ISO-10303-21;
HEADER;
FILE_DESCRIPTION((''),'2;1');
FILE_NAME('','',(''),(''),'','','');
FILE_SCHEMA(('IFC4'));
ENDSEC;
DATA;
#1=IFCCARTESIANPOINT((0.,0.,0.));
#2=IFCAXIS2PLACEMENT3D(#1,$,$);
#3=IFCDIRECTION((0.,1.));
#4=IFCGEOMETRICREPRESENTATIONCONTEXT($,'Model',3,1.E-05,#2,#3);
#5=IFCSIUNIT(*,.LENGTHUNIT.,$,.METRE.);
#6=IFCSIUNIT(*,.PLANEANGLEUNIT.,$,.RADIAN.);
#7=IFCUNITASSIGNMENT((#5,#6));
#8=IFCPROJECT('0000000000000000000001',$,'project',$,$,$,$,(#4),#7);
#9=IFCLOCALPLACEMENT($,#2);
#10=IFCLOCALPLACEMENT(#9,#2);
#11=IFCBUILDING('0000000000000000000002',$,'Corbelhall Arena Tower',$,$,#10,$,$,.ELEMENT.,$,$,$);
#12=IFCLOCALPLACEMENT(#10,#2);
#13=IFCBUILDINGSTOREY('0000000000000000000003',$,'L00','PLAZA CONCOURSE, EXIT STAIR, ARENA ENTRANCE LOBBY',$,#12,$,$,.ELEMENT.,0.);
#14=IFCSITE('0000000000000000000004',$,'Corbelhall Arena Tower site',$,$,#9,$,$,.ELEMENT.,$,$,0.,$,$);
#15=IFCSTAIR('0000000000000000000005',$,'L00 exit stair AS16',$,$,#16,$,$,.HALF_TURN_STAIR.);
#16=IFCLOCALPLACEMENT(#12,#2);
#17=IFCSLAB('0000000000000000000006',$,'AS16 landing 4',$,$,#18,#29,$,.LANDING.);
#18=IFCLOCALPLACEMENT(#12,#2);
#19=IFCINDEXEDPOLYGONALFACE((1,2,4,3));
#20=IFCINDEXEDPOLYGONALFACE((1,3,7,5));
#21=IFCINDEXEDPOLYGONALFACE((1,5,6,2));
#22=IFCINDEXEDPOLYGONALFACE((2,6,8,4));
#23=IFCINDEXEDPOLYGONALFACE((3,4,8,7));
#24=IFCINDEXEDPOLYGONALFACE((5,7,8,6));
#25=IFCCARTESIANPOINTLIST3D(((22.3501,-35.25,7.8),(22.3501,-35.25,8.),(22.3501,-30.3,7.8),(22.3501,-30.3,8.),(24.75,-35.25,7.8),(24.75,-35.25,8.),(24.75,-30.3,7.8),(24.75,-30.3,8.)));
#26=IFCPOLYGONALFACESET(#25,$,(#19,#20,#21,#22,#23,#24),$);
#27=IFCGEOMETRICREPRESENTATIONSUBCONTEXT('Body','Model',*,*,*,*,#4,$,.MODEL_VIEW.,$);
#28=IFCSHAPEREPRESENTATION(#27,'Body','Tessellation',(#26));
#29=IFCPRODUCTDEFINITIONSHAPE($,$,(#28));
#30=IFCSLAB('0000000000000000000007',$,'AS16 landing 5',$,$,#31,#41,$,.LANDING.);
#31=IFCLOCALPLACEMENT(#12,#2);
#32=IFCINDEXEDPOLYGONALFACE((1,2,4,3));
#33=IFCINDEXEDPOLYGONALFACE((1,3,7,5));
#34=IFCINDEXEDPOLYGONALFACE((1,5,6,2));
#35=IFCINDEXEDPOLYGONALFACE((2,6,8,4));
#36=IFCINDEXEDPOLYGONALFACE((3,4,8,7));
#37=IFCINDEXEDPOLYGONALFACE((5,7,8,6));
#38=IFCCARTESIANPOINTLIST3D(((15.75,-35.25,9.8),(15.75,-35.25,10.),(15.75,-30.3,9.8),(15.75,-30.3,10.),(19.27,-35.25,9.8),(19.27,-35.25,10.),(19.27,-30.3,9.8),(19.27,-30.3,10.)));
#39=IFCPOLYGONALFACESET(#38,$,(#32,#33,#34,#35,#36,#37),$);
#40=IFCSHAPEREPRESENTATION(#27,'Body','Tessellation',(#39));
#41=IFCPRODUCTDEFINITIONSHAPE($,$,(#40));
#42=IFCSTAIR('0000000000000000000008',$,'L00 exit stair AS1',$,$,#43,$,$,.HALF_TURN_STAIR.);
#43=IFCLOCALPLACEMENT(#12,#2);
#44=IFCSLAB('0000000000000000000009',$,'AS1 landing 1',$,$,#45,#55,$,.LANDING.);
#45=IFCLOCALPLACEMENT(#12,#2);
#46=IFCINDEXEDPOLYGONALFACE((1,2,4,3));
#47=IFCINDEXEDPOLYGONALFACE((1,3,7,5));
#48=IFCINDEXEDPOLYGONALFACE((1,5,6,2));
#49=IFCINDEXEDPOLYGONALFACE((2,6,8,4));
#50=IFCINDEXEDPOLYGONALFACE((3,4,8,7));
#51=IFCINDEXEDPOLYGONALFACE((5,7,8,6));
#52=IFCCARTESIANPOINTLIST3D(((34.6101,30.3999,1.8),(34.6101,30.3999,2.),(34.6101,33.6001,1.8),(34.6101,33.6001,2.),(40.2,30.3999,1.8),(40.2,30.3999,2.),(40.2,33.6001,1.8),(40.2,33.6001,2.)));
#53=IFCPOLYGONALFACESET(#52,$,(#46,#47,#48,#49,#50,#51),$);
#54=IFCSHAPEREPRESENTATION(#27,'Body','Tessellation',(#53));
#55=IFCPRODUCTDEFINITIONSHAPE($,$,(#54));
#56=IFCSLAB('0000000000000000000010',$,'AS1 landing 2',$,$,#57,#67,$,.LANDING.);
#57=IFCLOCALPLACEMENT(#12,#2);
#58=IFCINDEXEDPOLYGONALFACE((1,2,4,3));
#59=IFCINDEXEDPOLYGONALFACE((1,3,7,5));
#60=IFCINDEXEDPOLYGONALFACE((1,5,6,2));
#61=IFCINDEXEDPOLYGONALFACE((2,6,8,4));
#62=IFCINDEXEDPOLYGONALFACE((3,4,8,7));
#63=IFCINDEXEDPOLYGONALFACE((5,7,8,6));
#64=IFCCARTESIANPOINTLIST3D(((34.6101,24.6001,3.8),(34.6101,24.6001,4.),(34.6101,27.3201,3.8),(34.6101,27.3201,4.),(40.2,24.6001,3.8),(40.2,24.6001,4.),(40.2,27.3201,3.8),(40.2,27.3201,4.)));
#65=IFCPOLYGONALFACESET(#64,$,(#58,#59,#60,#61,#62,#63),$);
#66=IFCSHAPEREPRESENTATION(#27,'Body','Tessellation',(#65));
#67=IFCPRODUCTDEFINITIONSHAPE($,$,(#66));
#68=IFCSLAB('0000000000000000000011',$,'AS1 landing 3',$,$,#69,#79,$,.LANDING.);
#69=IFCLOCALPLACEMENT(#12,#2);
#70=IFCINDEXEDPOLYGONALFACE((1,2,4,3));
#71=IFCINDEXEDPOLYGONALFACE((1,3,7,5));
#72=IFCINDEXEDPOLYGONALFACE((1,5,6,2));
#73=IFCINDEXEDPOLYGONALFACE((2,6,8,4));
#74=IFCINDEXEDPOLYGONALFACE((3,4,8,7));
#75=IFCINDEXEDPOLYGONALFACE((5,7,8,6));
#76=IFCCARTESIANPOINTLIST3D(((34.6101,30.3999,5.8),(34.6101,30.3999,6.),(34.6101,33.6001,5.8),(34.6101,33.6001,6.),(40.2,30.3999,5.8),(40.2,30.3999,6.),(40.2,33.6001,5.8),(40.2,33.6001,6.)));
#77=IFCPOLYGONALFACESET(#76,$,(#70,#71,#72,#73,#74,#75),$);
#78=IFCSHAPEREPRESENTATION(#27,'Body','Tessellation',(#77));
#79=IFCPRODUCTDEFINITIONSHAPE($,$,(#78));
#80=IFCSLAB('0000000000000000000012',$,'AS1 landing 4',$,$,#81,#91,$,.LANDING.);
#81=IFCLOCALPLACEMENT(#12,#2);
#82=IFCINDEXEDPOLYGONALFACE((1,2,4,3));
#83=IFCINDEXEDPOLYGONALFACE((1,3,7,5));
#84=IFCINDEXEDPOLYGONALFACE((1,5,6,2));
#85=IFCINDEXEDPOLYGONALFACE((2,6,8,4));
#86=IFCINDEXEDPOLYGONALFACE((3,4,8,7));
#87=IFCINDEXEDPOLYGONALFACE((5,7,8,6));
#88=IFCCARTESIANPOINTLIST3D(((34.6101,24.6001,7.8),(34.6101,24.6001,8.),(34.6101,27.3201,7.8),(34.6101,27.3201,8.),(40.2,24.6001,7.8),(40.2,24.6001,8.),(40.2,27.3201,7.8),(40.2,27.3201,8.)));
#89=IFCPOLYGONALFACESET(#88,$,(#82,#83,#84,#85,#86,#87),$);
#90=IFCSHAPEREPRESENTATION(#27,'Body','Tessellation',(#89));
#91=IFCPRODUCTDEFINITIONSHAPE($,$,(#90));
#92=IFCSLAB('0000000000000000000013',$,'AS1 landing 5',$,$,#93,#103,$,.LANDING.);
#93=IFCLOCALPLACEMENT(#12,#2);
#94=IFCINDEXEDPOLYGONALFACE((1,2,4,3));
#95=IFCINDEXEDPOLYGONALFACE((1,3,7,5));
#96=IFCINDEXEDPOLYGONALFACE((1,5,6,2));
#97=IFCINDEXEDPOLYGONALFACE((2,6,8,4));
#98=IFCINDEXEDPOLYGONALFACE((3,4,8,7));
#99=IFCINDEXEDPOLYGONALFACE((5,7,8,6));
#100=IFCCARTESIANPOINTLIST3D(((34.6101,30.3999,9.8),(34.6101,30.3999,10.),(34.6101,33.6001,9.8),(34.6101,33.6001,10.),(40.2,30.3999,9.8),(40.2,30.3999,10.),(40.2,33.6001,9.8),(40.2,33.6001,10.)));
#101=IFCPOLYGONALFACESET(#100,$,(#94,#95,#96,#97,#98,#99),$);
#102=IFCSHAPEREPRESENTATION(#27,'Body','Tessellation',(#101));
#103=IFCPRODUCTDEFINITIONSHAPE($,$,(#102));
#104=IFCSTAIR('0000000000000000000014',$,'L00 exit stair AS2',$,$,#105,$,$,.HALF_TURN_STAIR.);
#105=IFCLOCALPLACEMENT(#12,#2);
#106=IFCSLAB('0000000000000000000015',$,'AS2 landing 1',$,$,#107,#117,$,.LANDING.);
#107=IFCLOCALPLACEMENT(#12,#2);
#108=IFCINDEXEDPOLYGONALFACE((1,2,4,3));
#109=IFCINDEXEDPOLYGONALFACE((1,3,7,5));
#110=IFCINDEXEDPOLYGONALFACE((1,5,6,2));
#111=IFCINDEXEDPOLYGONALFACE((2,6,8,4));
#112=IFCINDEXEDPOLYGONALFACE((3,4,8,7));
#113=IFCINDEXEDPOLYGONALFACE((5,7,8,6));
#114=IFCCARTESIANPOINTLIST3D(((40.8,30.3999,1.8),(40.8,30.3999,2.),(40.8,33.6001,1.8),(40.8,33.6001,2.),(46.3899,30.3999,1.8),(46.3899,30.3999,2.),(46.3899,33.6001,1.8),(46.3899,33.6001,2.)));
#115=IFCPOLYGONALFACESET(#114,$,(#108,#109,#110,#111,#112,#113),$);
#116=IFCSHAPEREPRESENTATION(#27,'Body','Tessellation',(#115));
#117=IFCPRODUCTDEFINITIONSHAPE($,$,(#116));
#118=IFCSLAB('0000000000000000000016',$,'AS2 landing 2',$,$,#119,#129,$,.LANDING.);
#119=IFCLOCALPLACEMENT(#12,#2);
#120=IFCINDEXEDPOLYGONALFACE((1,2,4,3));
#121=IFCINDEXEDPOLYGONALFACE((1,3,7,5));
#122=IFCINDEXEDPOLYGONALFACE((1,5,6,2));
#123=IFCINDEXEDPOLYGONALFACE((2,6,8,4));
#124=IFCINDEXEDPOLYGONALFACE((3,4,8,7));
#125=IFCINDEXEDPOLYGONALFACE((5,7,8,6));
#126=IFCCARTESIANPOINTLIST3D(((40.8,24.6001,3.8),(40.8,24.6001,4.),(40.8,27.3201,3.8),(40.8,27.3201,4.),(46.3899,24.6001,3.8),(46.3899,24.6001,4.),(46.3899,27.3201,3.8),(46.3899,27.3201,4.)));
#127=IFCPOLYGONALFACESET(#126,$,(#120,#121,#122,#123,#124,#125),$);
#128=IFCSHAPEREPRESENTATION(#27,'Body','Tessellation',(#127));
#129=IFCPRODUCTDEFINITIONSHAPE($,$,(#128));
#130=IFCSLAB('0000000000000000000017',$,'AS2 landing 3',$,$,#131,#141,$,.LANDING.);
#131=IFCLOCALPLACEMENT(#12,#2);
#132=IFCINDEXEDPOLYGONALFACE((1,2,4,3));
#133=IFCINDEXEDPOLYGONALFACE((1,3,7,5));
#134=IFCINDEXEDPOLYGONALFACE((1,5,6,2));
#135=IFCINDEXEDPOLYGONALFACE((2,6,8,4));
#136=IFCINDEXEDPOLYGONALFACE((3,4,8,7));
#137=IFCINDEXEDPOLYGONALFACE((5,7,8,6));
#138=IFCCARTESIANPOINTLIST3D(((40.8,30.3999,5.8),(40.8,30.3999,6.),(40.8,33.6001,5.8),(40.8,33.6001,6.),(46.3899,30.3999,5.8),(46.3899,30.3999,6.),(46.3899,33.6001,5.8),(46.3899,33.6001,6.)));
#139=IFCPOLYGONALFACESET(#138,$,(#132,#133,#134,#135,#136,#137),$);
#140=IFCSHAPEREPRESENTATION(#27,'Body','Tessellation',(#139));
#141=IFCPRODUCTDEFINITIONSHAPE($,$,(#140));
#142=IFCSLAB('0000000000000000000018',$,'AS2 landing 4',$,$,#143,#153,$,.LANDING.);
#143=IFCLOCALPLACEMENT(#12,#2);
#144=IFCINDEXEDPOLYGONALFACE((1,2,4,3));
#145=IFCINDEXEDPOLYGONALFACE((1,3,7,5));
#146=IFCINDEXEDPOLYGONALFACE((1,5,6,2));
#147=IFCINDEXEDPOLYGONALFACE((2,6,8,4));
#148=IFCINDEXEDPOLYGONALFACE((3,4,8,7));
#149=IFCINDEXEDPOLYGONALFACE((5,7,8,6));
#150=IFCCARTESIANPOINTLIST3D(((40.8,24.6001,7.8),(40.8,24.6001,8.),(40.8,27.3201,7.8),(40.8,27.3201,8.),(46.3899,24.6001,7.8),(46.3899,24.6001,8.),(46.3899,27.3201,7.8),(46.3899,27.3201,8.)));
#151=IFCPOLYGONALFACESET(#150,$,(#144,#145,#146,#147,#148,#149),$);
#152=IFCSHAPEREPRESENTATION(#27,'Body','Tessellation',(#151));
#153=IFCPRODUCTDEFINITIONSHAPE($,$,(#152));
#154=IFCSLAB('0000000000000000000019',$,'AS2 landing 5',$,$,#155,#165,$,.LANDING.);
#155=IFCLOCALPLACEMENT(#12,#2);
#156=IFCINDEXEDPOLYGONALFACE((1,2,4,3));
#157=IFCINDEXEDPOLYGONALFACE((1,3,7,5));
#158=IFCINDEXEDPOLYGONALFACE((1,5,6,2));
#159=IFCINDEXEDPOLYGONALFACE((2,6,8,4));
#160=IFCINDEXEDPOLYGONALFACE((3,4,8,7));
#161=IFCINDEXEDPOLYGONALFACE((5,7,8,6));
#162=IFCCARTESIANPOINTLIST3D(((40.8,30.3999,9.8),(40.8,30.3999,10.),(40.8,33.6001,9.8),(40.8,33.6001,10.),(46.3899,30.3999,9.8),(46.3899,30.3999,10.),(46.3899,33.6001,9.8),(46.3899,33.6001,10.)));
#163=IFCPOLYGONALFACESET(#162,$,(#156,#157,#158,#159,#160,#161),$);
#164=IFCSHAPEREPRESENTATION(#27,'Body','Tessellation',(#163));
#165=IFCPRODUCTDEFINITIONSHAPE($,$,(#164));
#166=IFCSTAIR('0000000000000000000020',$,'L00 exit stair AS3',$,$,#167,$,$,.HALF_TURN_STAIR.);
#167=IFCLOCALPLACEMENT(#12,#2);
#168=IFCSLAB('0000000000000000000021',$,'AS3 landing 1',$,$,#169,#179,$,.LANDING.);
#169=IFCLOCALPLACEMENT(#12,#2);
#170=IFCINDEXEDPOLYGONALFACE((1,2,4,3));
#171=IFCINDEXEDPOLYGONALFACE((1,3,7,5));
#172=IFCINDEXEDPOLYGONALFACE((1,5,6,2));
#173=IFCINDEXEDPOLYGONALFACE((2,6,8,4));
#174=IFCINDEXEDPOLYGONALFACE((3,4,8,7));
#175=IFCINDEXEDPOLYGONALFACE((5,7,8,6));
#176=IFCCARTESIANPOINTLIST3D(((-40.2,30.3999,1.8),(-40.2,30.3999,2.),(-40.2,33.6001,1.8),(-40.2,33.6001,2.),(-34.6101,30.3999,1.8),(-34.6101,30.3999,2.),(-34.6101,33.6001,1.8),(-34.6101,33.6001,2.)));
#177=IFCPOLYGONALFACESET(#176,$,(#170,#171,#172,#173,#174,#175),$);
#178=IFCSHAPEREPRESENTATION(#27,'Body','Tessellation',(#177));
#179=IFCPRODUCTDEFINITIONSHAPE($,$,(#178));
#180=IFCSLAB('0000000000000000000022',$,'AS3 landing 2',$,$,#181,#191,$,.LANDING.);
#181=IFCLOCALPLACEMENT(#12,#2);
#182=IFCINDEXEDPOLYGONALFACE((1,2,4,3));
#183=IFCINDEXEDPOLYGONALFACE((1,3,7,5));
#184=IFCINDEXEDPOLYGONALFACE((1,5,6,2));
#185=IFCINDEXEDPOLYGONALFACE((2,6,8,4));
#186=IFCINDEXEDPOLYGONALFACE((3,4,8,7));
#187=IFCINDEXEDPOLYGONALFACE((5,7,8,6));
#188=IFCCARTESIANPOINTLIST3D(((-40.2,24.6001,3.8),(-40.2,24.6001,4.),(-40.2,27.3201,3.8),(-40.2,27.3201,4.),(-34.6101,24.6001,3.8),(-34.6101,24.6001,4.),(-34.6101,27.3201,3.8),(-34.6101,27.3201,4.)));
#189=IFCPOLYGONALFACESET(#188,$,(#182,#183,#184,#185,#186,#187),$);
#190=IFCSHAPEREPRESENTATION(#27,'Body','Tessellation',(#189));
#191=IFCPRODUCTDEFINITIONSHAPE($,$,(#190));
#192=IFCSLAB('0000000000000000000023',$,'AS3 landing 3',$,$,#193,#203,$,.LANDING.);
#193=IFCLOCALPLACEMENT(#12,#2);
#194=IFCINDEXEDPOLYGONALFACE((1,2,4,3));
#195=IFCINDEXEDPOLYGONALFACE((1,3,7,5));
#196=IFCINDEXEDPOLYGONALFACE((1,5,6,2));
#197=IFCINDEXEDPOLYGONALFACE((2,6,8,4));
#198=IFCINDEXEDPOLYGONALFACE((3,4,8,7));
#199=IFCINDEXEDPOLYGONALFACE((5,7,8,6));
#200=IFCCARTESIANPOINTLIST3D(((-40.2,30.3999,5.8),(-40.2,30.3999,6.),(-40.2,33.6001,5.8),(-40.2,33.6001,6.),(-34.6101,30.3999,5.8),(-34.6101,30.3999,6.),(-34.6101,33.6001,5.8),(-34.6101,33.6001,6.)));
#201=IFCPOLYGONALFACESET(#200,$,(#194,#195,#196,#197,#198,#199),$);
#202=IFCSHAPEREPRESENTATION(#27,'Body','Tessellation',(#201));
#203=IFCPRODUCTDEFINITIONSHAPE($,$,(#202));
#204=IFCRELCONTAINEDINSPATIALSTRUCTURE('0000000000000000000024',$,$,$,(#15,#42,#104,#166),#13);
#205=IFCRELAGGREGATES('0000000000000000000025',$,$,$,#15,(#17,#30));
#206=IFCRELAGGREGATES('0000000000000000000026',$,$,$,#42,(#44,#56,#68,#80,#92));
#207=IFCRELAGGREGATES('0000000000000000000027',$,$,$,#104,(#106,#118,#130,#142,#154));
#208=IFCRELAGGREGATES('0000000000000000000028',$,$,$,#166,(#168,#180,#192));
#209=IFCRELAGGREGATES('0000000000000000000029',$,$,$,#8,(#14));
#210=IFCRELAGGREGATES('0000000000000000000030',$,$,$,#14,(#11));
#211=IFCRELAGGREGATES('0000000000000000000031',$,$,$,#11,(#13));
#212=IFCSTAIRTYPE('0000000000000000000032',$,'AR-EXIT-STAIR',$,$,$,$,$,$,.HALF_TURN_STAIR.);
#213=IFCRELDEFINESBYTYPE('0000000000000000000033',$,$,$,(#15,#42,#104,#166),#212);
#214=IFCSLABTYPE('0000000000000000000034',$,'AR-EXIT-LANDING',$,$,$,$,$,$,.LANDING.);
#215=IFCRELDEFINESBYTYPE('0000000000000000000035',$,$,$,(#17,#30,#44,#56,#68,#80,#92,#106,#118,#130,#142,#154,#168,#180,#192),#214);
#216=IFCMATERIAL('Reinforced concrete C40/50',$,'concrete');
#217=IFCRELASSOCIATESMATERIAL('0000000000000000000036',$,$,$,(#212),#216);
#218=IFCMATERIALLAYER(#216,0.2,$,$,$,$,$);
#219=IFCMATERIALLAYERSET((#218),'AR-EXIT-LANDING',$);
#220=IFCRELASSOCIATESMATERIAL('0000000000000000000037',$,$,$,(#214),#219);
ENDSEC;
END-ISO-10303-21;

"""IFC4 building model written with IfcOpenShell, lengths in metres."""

from ifc_helpers import new_model, si_unit, direction, frame, origin, place, context, subcontext, project, spatial, polyline, outline, extrude, material, layer, layer_set, type_object, element, aggregate, save


model = new_model("IFC4")

# Units and contexts
model_context = context("Model", 3, precision=1e-05, world=origin(), true_north=direction((0.0, 1.0)))
body_context = subcontext(model_context, "Body", "Model", "MODEL_VIEW")
ifc_project = project(units=[si_unit("LENGTHUNIT", "METRE"), si_unit("PLANEANGLEUNIT", "RADIAN")], contexts=[model_context])

# Site, building, storey
site_placement = place(None, origin())
site = spatial("IfcSite", under=ifc_project, at=site_placement, Name="Corbelhall Arena Tower site", CompositionType="ELEMENT", RefElevation=0.0)
building_placement = place(site_placement, origin())
building = spatial("IfcBuilding", under=site, at=building_placement, Name="Corbelhall Arena Tower", CompositionType="ELEMENT")
storey_placement = place(building_placement, origin())
storey = spatial("IfcBuildingStorey", under=building, at=storey_placement, Name="L00", Description="PLAZA CONCOURSE, EXIT STAIR, ARENA ENTRANCE LOBBY", CompositionType="ELEMENT", Elevation=0.0)

# Stairs, slabs
ifc_material = material(Name="Reinforced concrete C40/50", Category="concrete")
stair_type = type_object("IfcStairType", Name="AR-EXIT-STAIR", PredefinedType="HALF_TURN_STAIR", material=ifc_material)
stair_1_placement = place(storey_placement, origin())
stair_1 = element("IfcStair", 1, at=stair_1_placement, inside=storey, type_object=stair_type, Name="L00 exit stair AS16", PredefinedType="HALF_TURN_STAIR")
ifc_layer = layer(ifc_material, 0.2)
ifc_layer_set = layer_set([ifc_layer], Name="AR-EXIT-LANDING")
slab_type = type_object("IfcSlabType", Name="AR-EXIT-LANDING", PredefinedType="LANDING", material=ifc_layer_set)
slab_1_placement = place(storey_placement, frame((0.0, 0.0, 7.8)))
slab_1 = element("IfcSlab", 2, at=slab_1_placement, type_object=slab_type, Name="AS16 landing 4", PredefinedType="LANDING", context=body_context, shape_type="SweptSolid", body=[
    extrude(outline(polyline([(24.75, -30.3), (22.3501, -30.3), (22.3501, -35.25), (24.75, -35.25), (24.75, -30.3)])), origin(), (0.0, 0.0, 1.0), 0.2),
])
slab_2_placement = place(storey_placement, frame((0.0, 0.0, 9.8)))
slab_2 = element("IfcSlab", 3, at=slab_2_placement, type_object=slab_type, Name="AS16 landing 5", PredefinedType="LANDING", context=body_context, shape_type="SweptSolid", body=[
    extrude(outline(polyline([(19.27, -30.3), (15.75, -30.3), (15.75, -35.25), (19.27, -35.25), (19.27, -30.3)])), origin(), (0.0, 0.0, 1.0), 0.2),
])
aggregate(stair_1, [slab_1, slab_2])
stair_2_placement = place(storey_placement, origin())
stair_2 = element("IfcStair", 4, at=stair_2_placement, inside=storey, type_object=stair_type, Name="L00 exit stair AS1", PredefinedType="HALF_TURN_STAIR")
slab_3_placement = place(storey_placement, frame((0.0, 0.0, 1.8)))
slab_3 = element("IfcSlab", 5, at=slab_3_placement, type_object=slab_type, Name="AS1 landing 1", PredefinedType="LANDING", context=body_context, shape_type="SweptSolid", body=[
    extrude(outline(polyline([(40.2, 30.3999), (40.2, 33.6001), (34.6101, 33.6001), (34.6101, 30.3999), (40.2, 30.3999)])), origin(), (0.0, 0.0, 1.0), 0.2),
])
slab_4_placement = place(storey_placement, frame((0.0, 0.0, 3.8)))
slab_4 = element("IfcSlab", 6, at=slab_4_placement, type_object=slab_type, Name="AS1 landing 2", PredefinedType="LANDING", context=body_context, shape_type="SweptSolid", body=[
    extrude(outline(polyline([(40.2, 24.6001), (40.2, 27.3201), (34.6101, 27.3201), (34.6101, 24.6001), (40.2, 24.6001)])), origin(), (0.0, 0.0, 1.0), 0.2),
])
slab_5_placement = place(storey_placement, frame((0.0, 0.0, 5.8)))
slab_5 = element("IfcSlab", 7, at=slab_5_placement, type_object=slab_type, Name="AS1 landing 3", PredefinedType="LANDING", context=body_context, shape_type="SweptSolid", body=[
    extrude(outline(polyline([(40.2, 30.3999), (40.2, 33.6001), (34.6101, 33.6001), (34.6101, 30.3999), (40.2, 30.3999)])), origin(), (0.0, 0.0, 1.0), 0.2),
])
slab_6_placement = place(storey_placement, frame((0.0, 0.0, 7.8)))
slab_6 = element("IfcSlab", 8, at=slab_6_placement, type_object=slab_type, Name="AS1 landing 4", PredefinedType="LANDING", context=body_context, shape_type="SweptSolid", body=[
    extrude(outline(polyline([(40.2, 24.6001), (40.2, 27.3201), (34.6101, 27.3201), (34.6101, 24.6001), (40.2, 24.6001)])), origin(), (0.0, 0.0, 1.0), 0.2),
])
slab_7_placement = place(storey_placement, frame((0.0, 0.0, 9.8)))
slab_7 = element("IfcSlab", 9, at=slab_7_placement, type_object=slab_type, Name="AS1 landing 5", PredefinedType="LANDING", context=body_context, shape_type="SweptSolid", body=[
    extrude(outline(polyline([(40.2, 30.3999), (40.2, 33.6001), (34.6101, 33.6001), (34.6101, 30.3999), (40.2, 30.3999)])), origin(), (0.0, 0.0, 1.0), 0.2),
])
aggregate(stair_2, [slab_3, slab_4, slab_5, slab_6, slab_7])
stair_3_placement = place(storey_placement, origin())
stair_3 = element("IfcStair", 10, at=stair_3_placement, inside=storey, type_object=stair_type, Name="L00 exit stair AS2", PredefinedType="HALF_TURN_STAIR")
slab_8_placement = place(storey_placement, frame((0.0, 0.0, 1.8)))
slab_8 = element("IfcSlab", 11, at=slab_8_placement, type_object=slab_type, Name="AS2 landing 1", PredefinedType="LANDING", context=body_context, shape_type="SweptSolid", body=[
    extrude(outline(polyline([(46.3899, 30.3999), (46.3899, 33.6001), (40.8, 33.6001), (40.8, 30.3999), (46.3899, 30.3999)])), origin(), (0.0, 0.0, 1.0), 0.2),
])
slab_9_placement = place(storey_placement, frame((0.0, 0.0, 3.8)))
slab_9 = element("IfcSlab", 12, at=slab_9_placement, type_object=slab_type, Name="AS2 landing 2", PredefinedType="LANDING", context=body_context, shape_type="SweptSolid", body=[
    extrude(outline(polyline([(46.3899, 24.6001), (46.3899, 27.3201), (40.8, 27.3201), (40.8, 24.6001), (46.3899, 24.6001)])), origin(), (0.0, 0.0, 1.0), 0.2),
])
slab_10_placement = place(storey_placement, frame((0.0, 0.0, 5.8)))
slab_10 = element("IfcSlab", 13, at=slab_10_placement, type_object=slab_type, Name="AS2 landing 3", PredefinedType="LANDING", context=body_context, shape_type="SweptSolid", body=[
    extrude(outline(polyline([(46.3899, 30.3999), (46.3899, 33.6001), (40.8, 33.6001), (40.8, 30.3999), (46.3899, 30.3999)])), origin(), (0.0, 0.0, 1.0), 0.2),
])
slab_11_placement = place(storey_placement, frame((0.0, 0.0, 7.8)))
slab_11 = element("IfcSlab", 14, at=slab_11_placement, type_object=slab_type, Name="AS2 landing 4", PredefinedType="LANDING", context=body_context, shape_type="SweptSolid", body=[
    extrude(outline(polyline([(46.3899, 24.6001), (46.3899, 27.3201), (40.8, 27.3201), (40.8, 24.6001), (46.3899, 24.6001)])), origin(), (0.0, 0.0, 1.0), 0.2),
])
slab_12_placement = place(storey_placement, frame((0.0, 0.0, 9.8)))
slab_12 = element("IfcSlab", 15, at=slab_12_placement, type_object=slab_type, Name="AS2 landing 5", PredefinedType="LANDING", context=body_context, shape_type="SweptSolid", body=[
    extrude(outline(polyline([(46.3899, 30.3999), (46.3899, 33.6001), (40.8, 33.6001), (40.8, 30.3999), (46.3899, 30.3999)])), origin(), (0.0, 0.0, 1.0), 0.2),
])
aggregate(stair_3, [slab_8, slab_9, slab_10, slab_11, slab_12])
stair_4_placement = place(storey_placement, origin())
stair_4 = element("IfcStair", 16, at=stair_4_placement, inside=storey, type_object=stair_type, Name="L00 exit stair AS3", PredefinedType="HALF_TURN_STAIR")
slab_13_placement = place(storey_placement, frame((0.0, 0.0, 1.8)))
slab_13 = element("IfcSlab", 17, at=slab_13_placement, type_object=slab_type, Name="AS3 landing 1", PredefinedType="LANDING", context=body_context, shape_type="SweptSolid", body=[
    extrude(outline(polyline([(-34.6101, 30.3999), (-34.6101, 33.6001), (-40.2, 33.6001), (-40.2, 30.3999), (-34.6101, 30.3999)])), origin(), (0.0, 0.0, 1.0), 0.2),
])
slab_14_placement = place(storey_placement, frame((0.0, 0.0, 3.8)))
slab_14 = element("IfcSlab", 18, at=slab_14_placement, type_object=slab_type, Name="AS3 landing 2", PredefinedType="LANDING", context=body_context, shape_type="SweptSolid", body=[
    extrude(outline(polyline([(-34.6101, 24.6001), (-34.6101, 27.3201), (-40.2, 27.3201), (-40.2, 24.6001), (-34.6101, 24.6001)])), origin(), (0.0, 0.0, 1.0), 0.2),
])
slab_15_placement = place(storey_placement, frame((0.0, 0.0, 5.8)))
slab_15 = element("IfcSlab", 19, at=slab_15_placement, type_object=slab_type, Name="AS3 landing 3", PredefinedType="LANDING", context=body_context, shape_type="SweptSolid", body=[
    extrude(outline(polyline([(-34.6101, 30.3999), (-34.6101, 33.6001), (-40.2, 33.6001), (-40.2, 30.3999), (-34.6101, 30.3999)])), origin(), (0.0, 0.0, 1.0), 0.2),
])
aggregate(stair_4, [slab_13, slab_14, slab_15])

save(model, "model.ifc")
